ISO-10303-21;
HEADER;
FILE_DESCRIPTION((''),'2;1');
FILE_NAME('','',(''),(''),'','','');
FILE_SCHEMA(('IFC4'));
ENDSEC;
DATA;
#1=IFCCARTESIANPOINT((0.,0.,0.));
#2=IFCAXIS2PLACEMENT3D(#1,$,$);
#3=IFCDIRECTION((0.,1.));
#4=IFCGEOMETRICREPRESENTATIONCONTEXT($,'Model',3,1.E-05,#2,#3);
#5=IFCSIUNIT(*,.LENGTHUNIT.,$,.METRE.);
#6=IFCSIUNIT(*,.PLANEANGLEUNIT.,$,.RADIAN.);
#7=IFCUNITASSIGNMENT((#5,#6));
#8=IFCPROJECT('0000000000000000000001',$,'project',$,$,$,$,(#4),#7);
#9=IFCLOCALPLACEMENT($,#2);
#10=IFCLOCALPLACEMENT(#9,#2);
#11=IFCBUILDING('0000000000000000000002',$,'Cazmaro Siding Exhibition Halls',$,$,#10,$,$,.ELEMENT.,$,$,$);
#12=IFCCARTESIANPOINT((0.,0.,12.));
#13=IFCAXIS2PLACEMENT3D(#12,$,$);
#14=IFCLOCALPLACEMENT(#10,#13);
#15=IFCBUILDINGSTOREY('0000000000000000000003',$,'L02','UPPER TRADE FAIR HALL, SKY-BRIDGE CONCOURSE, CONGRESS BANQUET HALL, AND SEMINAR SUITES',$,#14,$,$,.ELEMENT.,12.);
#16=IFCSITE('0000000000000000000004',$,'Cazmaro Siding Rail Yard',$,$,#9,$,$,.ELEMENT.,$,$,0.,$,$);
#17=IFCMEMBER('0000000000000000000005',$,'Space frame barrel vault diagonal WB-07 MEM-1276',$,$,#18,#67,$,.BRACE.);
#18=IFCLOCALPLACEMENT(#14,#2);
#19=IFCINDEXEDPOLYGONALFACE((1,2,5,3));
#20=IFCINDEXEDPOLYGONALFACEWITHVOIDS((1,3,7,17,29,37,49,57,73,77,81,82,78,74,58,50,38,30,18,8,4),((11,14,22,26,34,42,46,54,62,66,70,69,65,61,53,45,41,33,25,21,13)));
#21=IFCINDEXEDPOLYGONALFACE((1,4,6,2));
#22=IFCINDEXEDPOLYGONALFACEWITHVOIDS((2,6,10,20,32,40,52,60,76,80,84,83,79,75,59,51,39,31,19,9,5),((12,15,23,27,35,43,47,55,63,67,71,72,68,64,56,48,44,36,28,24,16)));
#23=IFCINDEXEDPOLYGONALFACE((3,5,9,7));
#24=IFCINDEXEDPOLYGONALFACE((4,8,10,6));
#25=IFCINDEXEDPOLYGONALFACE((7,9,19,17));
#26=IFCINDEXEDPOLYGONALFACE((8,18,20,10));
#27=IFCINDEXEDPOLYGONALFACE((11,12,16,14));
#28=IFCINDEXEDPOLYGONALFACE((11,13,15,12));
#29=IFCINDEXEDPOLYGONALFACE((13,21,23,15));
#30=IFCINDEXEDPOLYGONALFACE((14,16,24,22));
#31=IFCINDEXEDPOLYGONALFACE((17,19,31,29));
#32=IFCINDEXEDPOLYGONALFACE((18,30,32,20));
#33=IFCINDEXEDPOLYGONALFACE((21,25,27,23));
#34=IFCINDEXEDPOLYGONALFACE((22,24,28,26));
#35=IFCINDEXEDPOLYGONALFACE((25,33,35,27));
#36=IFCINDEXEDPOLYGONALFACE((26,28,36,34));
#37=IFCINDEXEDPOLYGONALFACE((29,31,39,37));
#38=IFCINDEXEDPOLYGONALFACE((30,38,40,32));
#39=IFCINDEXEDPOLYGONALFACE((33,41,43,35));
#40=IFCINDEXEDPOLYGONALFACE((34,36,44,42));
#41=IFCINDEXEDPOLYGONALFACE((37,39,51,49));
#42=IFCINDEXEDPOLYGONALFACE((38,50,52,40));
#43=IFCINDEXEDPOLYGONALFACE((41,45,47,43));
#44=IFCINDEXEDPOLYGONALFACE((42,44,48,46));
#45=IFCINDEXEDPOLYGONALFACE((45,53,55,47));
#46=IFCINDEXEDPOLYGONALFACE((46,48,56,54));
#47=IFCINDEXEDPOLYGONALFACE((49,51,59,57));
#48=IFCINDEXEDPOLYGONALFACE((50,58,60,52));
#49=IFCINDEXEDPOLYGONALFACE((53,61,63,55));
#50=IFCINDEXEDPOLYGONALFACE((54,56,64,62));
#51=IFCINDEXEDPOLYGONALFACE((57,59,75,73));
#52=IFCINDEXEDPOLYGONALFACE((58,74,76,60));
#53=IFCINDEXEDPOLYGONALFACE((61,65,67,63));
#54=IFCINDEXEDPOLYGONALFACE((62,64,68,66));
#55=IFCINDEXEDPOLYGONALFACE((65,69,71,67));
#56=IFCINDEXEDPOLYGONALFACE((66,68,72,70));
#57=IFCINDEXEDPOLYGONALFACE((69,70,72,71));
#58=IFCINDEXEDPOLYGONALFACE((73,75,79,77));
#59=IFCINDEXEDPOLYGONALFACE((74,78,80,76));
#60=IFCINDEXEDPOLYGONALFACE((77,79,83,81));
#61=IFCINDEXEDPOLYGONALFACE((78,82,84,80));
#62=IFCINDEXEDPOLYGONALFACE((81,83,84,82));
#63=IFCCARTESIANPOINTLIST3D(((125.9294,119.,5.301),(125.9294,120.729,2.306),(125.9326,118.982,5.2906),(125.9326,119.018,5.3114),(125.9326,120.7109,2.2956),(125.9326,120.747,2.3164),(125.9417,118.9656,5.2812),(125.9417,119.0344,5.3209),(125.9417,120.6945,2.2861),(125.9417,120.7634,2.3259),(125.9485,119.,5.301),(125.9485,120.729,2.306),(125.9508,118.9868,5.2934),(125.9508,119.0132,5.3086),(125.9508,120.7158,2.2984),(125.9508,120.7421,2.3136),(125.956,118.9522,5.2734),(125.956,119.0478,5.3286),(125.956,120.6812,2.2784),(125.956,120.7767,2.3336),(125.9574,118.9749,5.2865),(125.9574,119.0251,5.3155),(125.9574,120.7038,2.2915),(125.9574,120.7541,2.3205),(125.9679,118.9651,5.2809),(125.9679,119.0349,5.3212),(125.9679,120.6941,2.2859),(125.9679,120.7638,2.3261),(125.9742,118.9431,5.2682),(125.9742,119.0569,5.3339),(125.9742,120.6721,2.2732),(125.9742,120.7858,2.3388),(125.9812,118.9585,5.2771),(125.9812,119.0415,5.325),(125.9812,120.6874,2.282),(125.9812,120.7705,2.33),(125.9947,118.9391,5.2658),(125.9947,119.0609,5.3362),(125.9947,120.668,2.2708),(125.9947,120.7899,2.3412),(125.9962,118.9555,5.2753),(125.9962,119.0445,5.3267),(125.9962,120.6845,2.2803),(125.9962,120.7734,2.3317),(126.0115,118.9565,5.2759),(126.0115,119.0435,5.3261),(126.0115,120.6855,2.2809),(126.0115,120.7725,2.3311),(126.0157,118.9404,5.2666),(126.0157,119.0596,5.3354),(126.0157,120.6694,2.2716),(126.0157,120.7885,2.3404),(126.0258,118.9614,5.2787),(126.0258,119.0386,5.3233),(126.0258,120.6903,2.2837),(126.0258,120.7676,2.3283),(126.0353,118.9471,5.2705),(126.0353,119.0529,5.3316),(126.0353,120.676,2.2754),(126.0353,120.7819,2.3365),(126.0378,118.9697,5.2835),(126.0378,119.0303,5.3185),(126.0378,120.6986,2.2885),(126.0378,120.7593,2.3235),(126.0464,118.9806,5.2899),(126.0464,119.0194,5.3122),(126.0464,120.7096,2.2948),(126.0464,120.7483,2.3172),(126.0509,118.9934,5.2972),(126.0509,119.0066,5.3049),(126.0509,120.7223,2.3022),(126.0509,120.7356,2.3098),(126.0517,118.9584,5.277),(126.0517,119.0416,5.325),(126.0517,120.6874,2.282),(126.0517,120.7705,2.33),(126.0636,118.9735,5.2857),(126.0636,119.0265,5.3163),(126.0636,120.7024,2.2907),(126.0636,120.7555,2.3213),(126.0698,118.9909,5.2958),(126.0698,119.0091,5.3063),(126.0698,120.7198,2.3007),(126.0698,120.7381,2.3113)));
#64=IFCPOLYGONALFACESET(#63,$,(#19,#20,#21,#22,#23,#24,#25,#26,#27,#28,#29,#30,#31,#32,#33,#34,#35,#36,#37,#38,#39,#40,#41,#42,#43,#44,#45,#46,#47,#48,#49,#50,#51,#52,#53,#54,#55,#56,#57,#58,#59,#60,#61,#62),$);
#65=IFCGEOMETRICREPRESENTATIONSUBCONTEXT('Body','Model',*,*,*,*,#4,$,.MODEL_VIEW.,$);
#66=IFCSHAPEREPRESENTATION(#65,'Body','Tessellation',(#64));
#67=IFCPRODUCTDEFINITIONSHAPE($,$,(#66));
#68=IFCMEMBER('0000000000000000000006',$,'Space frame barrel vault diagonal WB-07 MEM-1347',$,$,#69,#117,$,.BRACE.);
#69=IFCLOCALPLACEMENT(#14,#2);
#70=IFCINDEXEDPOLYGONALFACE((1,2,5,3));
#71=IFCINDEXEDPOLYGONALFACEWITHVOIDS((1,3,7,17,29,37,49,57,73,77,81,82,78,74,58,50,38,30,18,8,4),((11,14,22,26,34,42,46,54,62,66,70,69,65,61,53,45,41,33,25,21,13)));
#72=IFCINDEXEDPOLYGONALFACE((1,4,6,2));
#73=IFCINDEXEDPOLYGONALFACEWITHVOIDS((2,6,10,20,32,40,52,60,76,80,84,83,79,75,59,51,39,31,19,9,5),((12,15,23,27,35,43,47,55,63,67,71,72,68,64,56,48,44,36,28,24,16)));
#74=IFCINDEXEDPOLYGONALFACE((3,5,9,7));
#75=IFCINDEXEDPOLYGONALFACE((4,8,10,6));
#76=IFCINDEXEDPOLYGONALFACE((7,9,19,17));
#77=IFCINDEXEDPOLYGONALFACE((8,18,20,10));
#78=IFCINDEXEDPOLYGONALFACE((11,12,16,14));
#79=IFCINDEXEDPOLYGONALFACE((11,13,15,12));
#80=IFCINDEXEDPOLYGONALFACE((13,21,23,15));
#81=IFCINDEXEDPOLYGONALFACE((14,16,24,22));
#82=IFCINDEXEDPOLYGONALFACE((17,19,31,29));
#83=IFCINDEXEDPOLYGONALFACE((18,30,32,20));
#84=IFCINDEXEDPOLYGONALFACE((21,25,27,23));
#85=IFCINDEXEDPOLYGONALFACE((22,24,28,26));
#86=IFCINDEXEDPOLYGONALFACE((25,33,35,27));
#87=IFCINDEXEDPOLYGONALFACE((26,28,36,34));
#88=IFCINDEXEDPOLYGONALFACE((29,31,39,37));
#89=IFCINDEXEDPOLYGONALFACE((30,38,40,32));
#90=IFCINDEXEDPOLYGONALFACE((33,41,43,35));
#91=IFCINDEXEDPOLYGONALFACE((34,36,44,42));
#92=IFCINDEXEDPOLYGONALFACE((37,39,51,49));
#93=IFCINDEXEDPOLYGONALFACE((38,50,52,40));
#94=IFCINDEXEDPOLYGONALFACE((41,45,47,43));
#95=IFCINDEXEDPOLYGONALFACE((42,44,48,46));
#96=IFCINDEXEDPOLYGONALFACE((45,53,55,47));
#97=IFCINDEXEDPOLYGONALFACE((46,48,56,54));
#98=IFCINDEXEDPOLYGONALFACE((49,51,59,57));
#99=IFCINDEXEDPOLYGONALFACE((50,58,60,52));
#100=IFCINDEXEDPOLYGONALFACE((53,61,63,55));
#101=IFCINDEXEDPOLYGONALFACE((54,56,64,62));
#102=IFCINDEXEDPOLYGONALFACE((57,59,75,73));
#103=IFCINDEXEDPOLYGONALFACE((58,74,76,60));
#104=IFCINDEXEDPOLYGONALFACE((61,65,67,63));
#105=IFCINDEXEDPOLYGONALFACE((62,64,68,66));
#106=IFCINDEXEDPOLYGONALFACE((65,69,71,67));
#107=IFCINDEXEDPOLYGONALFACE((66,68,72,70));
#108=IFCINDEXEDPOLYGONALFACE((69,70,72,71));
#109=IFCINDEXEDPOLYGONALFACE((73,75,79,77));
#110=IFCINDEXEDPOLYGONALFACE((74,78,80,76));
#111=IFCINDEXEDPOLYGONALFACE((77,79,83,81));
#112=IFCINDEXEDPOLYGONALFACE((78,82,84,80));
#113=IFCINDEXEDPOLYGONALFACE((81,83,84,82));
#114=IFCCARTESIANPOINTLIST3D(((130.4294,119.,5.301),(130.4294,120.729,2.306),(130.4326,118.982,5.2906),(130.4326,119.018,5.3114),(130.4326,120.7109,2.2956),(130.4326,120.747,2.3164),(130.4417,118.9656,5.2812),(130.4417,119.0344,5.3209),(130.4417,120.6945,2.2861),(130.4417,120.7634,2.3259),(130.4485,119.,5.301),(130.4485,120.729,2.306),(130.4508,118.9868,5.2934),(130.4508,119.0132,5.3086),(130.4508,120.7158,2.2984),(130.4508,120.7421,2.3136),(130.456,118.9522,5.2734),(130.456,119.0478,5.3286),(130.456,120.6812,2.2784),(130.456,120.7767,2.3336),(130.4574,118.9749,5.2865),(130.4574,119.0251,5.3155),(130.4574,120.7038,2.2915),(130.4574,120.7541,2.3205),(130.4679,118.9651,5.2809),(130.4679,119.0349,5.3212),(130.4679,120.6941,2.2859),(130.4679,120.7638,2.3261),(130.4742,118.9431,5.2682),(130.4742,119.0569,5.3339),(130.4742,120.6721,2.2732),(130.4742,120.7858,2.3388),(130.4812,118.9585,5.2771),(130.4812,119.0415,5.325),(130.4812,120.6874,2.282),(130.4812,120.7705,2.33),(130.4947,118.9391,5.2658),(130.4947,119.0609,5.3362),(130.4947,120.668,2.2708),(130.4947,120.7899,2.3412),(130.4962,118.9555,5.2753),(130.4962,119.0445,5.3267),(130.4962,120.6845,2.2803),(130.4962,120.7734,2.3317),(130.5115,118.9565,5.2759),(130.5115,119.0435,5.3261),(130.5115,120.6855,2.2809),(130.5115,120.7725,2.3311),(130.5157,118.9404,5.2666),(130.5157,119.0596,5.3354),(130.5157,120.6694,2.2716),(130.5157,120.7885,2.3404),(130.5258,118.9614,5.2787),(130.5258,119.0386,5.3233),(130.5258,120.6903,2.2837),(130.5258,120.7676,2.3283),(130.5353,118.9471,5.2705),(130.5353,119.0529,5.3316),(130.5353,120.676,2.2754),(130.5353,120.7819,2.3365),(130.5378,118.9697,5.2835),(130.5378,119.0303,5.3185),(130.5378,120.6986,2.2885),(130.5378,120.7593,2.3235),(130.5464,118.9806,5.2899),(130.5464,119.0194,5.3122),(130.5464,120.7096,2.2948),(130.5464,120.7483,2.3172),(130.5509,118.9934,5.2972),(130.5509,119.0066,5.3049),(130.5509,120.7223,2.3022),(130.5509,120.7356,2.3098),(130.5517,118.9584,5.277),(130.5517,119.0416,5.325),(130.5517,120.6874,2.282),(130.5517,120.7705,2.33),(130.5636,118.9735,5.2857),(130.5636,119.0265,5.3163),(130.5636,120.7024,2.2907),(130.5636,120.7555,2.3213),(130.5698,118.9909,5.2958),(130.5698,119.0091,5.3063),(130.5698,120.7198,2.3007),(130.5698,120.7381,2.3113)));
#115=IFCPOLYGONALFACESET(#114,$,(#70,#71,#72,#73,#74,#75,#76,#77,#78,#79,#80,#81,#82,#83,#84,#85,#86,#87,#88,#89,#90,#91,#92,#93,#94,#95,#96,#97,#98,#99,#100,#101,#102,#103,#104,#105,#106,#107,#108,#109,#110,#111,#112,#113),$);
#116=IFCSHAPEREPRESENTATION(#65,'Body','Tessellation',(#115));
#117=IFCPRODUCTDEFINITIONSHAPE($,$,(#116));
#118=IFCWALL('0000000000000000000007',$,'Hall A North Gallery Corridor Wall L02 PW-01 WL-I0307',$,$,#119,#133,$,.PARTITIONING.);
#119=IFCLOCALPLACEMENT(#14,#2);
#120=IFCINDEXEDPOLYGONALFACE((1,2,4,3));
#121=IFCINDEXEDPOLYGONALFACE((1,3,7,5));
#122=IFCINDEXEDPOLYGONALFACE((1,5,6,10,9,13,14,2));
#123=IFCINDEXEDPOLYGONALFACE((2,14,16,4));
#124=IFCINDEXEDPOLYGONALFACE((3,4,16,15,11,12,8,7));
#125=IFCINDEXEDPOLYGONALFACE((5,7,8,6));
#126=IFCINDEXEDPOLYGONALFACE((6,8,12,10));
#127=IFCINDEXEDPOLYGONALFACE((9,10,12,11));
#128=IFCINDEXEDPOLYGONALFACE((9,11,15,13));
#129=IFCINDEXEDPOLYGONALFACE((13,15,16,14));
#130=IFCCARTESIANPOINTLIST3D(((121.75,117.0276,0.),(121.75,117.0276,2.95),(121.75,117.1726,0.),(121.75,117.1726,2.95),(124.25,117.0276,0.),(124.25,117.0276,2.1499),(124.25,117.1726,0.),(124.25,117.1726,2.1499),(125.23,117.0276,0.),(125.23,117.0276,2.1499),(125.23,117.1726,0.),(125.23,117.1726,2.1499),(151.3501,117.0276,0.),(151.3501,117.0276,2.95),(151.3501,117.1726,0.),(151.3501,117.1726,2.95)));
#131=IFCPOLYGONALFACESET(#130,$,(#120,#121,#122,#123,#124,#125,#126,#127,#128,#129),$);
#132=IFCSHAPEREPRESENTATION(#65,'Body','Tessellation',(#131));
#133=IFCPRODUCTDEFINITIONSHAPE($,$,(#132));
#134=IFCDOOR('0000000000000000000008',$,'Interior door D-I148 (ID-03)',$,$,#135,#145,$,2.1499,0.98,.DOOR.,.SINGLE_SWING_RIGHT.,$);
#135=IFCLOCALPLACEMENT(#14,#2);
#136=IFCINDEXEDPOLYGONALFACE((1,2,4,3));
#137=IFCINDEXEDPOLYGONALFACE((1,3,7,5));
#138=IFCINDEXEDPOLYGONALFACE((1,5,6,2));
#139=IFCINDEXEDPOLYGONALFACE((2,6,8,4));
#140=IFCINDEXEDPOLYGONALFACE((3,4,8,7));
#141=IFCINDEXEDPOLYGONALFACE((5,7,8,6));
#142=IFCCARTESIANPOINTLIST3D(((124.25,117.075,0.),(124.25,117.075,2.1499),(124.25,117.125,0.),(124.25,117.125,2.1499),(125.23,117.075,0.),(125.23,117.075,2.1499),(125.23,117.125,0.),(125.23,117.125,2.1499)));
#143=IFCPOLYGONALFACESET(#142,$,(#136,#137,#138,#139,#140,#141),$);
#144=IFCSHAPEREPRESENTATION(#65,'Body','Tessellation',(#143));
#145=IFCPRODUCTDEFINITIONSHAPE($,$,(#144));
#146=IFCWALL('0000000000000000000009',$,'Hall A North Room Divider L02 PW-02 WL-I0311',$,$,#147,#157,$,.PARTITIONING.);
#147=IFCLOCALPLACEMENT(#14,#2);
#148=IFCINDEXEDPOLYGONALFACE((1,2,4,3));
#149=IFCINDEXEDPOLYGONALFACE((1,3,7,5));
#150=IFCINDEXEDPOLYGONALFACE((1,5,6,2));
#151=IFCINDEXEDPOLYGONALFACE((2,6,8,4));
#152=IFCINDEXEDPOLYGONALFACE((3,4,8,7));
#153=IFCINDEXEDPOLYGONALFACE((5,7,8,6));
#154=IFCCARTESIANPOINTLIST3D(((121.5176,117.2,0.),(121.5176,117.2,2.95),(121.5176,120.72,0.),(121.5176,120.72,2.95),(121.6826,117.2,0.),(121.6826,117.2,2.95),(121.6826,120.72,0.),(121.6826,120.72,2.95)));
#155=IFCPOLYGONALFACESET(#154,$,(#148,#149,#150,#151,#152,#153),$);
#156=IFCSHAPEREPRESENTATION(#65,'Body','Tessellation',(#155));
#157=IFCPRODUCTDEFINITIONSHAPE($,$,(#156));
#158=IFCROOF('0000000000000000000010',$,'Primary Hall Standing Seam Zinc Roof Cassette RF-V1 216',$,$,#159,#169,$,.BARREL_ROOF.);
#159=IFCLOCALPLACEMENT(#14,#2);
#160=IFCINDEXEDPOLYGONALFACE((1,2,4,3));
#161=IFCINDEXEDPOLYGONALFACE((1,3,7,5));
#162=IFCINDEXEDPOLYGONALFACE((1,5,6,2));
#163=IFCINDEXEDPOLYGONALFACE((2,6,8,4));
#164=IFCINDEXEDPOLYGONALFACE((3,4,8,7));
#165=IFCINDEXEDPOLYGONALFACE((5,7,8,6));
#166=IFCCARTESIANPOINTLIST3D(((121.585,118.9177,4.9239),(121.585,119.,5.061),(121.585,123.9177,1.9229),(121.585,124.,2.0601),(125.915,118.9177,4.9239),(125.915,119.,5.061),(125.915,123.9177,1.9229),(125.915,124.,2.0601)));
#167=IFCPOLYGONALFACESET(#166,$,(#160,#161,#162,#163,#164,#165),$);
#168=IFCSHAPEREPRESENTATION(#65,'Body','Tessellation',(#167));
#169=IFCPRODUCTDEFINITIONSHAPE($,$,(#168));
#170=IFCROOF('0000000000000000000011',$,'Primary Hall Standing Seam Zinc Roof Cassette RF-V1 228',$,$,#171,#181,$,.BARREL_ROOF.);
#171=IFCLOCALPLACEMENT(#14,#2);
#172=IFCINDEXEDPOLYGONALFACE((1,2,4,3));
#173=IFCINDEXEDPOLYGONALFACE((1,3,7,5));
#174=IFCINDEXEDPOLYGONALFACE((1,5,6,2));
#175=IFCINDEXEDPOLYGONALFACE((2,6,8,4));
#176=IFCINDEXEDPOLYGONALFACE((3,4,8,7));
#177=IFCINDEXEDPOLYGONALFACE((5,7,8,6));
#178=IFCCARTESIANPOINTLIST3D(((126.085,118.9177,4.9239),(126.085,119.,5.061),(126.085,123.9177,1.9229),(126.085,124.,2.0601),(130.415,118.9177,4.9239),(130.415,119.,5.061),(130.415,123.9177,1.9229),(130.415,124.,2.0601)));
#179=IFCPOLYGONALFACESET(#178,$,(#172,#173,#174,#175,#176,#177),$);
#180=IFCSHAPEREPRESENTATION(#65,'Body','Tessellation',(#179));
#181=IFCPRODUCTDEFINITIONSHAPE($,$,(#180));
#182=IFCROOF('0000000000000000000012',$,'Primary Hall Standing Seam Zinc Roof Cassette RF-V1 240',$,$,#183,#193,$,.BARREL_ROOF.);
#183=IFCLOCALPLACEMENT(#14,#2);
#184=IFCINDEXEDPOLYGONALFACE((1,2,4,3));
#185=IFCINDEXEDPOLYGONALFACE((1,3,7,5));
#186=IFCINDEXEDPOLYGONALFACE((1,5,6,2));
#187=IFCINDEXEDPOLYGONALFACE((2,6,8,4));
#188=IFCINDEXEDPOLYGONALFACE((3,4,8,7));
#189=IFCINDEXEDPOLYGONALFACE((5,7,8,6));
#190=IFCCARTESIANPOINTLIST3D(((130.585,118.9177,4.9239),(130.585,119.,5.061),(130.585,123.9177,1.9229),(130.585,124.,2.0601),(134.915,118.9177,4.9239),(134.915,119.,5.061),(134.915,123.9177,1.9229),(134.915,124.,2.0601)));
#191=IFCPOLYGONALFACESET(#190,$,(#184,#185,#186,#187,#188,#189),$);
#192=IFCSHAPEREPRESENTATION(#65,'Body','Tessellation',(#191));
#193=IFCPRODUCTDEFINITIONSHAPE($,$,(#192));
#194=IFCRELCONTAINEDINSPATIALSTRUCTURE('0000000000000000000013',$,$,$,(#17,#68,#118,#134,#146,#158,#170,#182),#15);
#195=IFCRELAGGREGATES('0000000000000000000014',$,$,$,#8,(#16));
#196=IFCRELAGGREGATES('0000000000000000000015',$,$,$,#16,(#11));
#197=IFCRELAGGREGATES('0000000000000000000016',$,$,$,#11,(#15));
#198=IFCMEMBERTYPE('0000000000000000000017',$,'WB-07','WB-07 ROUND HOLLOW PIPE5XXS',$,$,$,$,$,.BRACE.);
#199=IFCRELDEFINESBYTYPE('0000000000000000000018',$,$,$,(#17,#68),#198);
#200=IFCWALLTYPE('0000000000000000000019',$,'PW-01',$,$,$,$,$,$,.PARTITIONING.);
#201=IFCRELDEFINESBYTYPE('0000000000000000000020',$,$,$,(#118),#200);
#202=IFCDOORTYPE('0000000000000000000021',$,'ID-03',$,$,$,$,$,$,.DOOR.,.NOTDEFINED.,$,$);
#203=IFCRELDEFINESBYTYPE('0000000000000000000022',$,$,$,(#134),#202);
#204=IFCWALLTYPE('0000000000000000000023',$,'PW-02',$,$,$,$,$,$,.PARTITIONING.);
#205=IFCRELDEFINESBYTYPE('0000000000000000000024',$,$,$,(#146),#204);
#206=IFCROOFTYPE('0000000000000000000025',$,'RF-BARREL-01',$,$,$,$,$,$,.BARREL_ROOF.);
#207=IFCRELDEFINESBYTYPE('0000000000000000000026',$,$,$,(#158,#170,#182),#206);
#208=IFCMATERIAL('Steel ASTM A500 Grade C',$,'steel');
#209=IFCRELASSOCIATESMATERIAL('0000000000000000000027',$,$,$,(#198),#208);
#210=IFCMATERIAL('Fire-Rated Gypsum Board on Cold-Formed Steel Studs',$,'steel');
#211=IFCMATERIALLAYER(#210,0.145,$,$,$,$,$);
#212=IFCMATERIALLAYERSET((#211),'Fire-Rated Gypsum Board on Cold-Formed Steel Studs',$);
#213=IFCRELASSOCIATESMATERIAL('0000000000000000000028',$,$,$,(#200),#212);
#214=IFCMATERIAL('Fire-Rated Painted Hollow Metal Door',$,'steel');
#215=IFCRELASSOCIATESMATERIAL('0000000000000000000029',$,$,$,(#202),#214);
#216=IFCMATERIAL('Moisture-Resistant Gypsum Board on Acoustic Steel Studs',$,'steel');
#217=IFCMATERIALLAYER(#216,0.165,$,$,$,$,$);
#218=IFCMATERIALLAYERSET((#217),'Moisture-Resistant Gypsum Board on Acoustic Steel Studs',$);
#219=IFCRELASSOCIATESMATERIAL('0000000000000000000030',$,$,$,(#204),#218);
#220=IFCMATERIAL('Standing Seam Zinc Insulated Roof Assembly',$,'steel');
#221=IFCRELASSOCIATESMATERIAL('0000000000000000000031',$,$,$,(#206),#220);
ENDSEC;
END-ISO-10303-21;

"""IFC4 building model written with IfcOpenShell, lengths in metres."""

from ifc_helpers import new_model, si_unit, direction, frame, frame_2d, origin, origin_2d, place, context, subcontext, project, spatial, polyline, rectangle, hollow_circle, outline, extrude, material, layer, layer_set, material_profile, profile_set, type_object, element, fill, save


model = new_model("IFC4")

# Units and contexts
model_context = context("Model", 3, precision=1e-05, world=origin(), true_north=direction((0.0, 1.0)))
body_context = subcontext(model_context, "Body", "Model", "MODEL_VIEW")
ifc_project = project(units=[si_unit("LENGTHUNIT", "METRE"), si_unit("PLANEANGLEUNIT", "RADIAN")], contexts=[model_context])

# Site, building, storey
site_placement = place(None, origin())
site = spatial("IfcSite", under=ifc_project, at=site_placement, Name="Cazmaro Siding Rail Yard", CompositionType="ELEMENT", RefElevation=0.0)
building_placement = place(site_placement, origin())
building = spatial("IfcBuilding", under=site, at=building_placement, Name="Cazmaro Siding Exhibition Halls", CompositionType="ELEMENT")
storey_placement = place(building_placement, frame((0.0, 0.0, 12.0)))
storey = spatial("IfcBuildingStorey", under=building, at=storey_placement, Name="L02", Description="UPPER TRADE FAIR HALL, SKY-BRIDGE CONCOURSE, CONGRESS BANQUET HALL, AND SEMINAR SUITES", CompositionType="ELEMENT", Elevation=12.0)

# Members
ifc_material_1 = material(Name="Steel ASTM A500 Grade C", Category="steel")
ifc_material_profile_1 = material_profile(ifc_material_1, hollow_circle(Radius=0.0706, WallThickness=0.019, at=origin_2d()), Name="PIPE5XXS")
ifc_profile_set_1 = profile_set([ifc_material_profile_1], Name="Steel ASTM A500 Grade C")
member_type_1 = type_object("IfcMemberType", Name="WB-07", Description="WB-07 ROUND HOLLOW PIPE5XXS", PredefinedType="BRACE", material=ifc_profile_set_1)
for number, where, z_axis, x_axis, name in (
    (1, (126.0, 119.0, 5.301), (0.0, 0.499951, -0.866054), (-1.0, 0.0, 0.0), "Space frame barrel vault diagonal WB-07 MEM-1276"),
    (2, (130.5, 119.0, 5.301), (0.0, 0.499951, -0.866054), (-1.0, 0.0, 0.0), "Space frame barrel vault diagonal WB-07 MEM-1347"),
):
    element("IfcMember", number, at=place(storey_placement, frame(where, z_axis=z_axis, x_axis=x_axis)), inside=storey, type_object=member_type_1, Name=name, PredefinedType="BRACE", context=body_context, shape_type="SweptSolid", body=[
        extrude(hollow_circle(Radius=0.0706, WallThickness=0.019, at=origin_2d()), origin(), (0.0, 0.0, 1.0), 3.4583),
    ])

# Wall, opening, door
ifc_material_2 = material(Name="Fire-Rated Gypsum Board on Cold-Formed Steel Studs", Category="steel")
ifc_layer_1 = layer(ifc_material_2, 0.145)
ifc_layer_set_1 = layer_set([ifc_layer_1], Name="Fire-Rated Gypsum Board on Cold-Formed Steel Studs")
wall_type_1 = type_object("IfcWallType", Name="PW-01", PredefinedType="PARTITIONING", material=ifc_layer_set_1)
wall_1_placement = place(storey_placement, frame((121.75, 117.1001, 0.0), z_axis=(0.0, 0.0, 1.0), x_axis=(1.0, 0.0, 0.0)))
wall_1 = element("IfcWall", 3, at=wall_1_placement, inside=storey, type_object=wall_type_1, Name="Hall A North Gallery Corridor Wall L02 PW-01 WL-I0307", PredefinedType="PARTITIONING", context=body_context, shape_type="SweptSolid", body=[
    extrude(rectangle(XDim=29.6001, YDim=0.145, at=frame_2d((14.8, 0.0))), origin(), (0.0, 0.0, 1.0), 2.95),
])
opening_placement = place(wall_1_placement, frame((2.5, 0.0, 0.0)))
opening = element("IfcOpeningElement", 4, at=opening_placement, cuts=wall_1, PredefinedType="OPENING", context=body_context, shape_type="SweptSolid", body=[
    extrude(rectangle(XDim=0.98, YDim=2.1499, at=frame_2d((0.49, 1.075))), frame((0.0, 0.0825, 0.0), z_axis=(0.0, -1.0, 0.0), x_axis=(1.0, 0.0, 0.0)), (0.0, 0.0, 1.0), 0.165),
])
ifc_material_3 = material(Name="Fire-Rated Painted Hollow Metal Door", Category="steel")
door_type = type_object("IfcDoorType", Name="ID-03", OperationType="NOTDEFINED", PredefinedType="DOOR", material=ifc_material_3)
door_placement = place(opening_placement, origin())
door = element("IfcDoor", 5, at=door_placement, inside=storey, type_object=door_type, Name="Interior door D-I148 (ID-03)", OperationType="SINGLE_SWING_RIGHT", OverallHeight=2.1499, OverallWidth=0.98, PredefinedType="DOOR", context=body_context, shape_type="SweptSolid", body=[
    extrude(rectangle(XDim=0.98, YDim=2.1499, at=frame_2d((0.49, 1.075))), frame((0.0, 0.0249, 0.0), z_axis=(0.0, -1.0, 0.0), x_axis=(1.0, 0.0, 0.0)), (0.0, 0.0, 1.0), 0.05),
])
fill(opening, door)

# Wall
ifc_material_4 = material(Name="Moisture-Resistant Gypsum Board on Acoustic Steel Studs", Category="steel")
ifc_layer_2 = layer(ifc_material_4, 0.165)
ifc_layer_set_2 = layer_set([ifc_layer_2], Name="Moisture-Resistant Gypsum Board on Acoustic Steel Studs")
wall_type_2 = type_object("IfcWallType", Name="PW-02", PredefinedType="PARTITIONING", material=ifc_layer_set_2)
wall_2_placement = place(storey_placement, frame((121.6001, 117.2, 0.0), z_axis=(0.0, 0.0, 1.0), x_axis=(0.0, 1.0, 0.0)))
element("IfcWall", 6, at=wall_2_placement, inside=storey, type_object=wall_type_2, Name="Hall A North Room Divider L02 PW-02 WL-I0311", PredefinedType="PARTITIONING", context=body_context, shape_type="SweptSolid", body=[
    extrude(rectangle(XDim=3.52, YDim=0.165, at=frame_2d((1.76, 0.0))), origin(), (0.0, 0.0, 1.0), 2.95),
])

# Roofs
ifc_material_5 = material(Name="Standing Seam Zinc Insulated Roof Assembly", Category="steel")
roof_type = type_object("IfcRoofType", Name="RF-BARREL-01", PredefinedType="BARREL_ROOF", material=ifc_material_5)
for number, where, z_axis, x_axis, name in (
    (7, (121.585, 119.0, 5.061), (0.0, 0.514619, 0.857419), (1.0, 0.0, 0.0), "Primary Hall Standing Seam Zinc Roof Cassette RF-V1 216"),
    (8, (126.085, 119.0, 5.061), (0.0, 0.514619, 0.857419), (1.0, 0.0, 0.0), "Primary Hall Standing Seam Zinc Roof Cassette RF-V1 228"),
    (9, (130.585, 119.0, 5.061), (0.0, 0.514619, 0.857419), (1.0, 0.0, 0.0), "Primary Hall Standing Seam Zinc Roof Cassette RF-V1 240"),
):
    element("IfcRoof", number, at=place(storey_placement, frame(where, z_axis=z_axis, x_axis=x_axis)), inside=storey, type_object=roof_type, Name=name, PredefinedType="BARREL_ROOF", context=body_context, shape_type="SweptSolid", body=[
        extrude(outline(polyline([(0.0, 0.0), (4.3301, 0.0), (4.3301, 5.8315), (0.0, 5.8315), (0.0, 0.0)])), origin(), (0.0, 0.0, -1.0), 0.1599),
    ])

save(model, "model.ifc")
